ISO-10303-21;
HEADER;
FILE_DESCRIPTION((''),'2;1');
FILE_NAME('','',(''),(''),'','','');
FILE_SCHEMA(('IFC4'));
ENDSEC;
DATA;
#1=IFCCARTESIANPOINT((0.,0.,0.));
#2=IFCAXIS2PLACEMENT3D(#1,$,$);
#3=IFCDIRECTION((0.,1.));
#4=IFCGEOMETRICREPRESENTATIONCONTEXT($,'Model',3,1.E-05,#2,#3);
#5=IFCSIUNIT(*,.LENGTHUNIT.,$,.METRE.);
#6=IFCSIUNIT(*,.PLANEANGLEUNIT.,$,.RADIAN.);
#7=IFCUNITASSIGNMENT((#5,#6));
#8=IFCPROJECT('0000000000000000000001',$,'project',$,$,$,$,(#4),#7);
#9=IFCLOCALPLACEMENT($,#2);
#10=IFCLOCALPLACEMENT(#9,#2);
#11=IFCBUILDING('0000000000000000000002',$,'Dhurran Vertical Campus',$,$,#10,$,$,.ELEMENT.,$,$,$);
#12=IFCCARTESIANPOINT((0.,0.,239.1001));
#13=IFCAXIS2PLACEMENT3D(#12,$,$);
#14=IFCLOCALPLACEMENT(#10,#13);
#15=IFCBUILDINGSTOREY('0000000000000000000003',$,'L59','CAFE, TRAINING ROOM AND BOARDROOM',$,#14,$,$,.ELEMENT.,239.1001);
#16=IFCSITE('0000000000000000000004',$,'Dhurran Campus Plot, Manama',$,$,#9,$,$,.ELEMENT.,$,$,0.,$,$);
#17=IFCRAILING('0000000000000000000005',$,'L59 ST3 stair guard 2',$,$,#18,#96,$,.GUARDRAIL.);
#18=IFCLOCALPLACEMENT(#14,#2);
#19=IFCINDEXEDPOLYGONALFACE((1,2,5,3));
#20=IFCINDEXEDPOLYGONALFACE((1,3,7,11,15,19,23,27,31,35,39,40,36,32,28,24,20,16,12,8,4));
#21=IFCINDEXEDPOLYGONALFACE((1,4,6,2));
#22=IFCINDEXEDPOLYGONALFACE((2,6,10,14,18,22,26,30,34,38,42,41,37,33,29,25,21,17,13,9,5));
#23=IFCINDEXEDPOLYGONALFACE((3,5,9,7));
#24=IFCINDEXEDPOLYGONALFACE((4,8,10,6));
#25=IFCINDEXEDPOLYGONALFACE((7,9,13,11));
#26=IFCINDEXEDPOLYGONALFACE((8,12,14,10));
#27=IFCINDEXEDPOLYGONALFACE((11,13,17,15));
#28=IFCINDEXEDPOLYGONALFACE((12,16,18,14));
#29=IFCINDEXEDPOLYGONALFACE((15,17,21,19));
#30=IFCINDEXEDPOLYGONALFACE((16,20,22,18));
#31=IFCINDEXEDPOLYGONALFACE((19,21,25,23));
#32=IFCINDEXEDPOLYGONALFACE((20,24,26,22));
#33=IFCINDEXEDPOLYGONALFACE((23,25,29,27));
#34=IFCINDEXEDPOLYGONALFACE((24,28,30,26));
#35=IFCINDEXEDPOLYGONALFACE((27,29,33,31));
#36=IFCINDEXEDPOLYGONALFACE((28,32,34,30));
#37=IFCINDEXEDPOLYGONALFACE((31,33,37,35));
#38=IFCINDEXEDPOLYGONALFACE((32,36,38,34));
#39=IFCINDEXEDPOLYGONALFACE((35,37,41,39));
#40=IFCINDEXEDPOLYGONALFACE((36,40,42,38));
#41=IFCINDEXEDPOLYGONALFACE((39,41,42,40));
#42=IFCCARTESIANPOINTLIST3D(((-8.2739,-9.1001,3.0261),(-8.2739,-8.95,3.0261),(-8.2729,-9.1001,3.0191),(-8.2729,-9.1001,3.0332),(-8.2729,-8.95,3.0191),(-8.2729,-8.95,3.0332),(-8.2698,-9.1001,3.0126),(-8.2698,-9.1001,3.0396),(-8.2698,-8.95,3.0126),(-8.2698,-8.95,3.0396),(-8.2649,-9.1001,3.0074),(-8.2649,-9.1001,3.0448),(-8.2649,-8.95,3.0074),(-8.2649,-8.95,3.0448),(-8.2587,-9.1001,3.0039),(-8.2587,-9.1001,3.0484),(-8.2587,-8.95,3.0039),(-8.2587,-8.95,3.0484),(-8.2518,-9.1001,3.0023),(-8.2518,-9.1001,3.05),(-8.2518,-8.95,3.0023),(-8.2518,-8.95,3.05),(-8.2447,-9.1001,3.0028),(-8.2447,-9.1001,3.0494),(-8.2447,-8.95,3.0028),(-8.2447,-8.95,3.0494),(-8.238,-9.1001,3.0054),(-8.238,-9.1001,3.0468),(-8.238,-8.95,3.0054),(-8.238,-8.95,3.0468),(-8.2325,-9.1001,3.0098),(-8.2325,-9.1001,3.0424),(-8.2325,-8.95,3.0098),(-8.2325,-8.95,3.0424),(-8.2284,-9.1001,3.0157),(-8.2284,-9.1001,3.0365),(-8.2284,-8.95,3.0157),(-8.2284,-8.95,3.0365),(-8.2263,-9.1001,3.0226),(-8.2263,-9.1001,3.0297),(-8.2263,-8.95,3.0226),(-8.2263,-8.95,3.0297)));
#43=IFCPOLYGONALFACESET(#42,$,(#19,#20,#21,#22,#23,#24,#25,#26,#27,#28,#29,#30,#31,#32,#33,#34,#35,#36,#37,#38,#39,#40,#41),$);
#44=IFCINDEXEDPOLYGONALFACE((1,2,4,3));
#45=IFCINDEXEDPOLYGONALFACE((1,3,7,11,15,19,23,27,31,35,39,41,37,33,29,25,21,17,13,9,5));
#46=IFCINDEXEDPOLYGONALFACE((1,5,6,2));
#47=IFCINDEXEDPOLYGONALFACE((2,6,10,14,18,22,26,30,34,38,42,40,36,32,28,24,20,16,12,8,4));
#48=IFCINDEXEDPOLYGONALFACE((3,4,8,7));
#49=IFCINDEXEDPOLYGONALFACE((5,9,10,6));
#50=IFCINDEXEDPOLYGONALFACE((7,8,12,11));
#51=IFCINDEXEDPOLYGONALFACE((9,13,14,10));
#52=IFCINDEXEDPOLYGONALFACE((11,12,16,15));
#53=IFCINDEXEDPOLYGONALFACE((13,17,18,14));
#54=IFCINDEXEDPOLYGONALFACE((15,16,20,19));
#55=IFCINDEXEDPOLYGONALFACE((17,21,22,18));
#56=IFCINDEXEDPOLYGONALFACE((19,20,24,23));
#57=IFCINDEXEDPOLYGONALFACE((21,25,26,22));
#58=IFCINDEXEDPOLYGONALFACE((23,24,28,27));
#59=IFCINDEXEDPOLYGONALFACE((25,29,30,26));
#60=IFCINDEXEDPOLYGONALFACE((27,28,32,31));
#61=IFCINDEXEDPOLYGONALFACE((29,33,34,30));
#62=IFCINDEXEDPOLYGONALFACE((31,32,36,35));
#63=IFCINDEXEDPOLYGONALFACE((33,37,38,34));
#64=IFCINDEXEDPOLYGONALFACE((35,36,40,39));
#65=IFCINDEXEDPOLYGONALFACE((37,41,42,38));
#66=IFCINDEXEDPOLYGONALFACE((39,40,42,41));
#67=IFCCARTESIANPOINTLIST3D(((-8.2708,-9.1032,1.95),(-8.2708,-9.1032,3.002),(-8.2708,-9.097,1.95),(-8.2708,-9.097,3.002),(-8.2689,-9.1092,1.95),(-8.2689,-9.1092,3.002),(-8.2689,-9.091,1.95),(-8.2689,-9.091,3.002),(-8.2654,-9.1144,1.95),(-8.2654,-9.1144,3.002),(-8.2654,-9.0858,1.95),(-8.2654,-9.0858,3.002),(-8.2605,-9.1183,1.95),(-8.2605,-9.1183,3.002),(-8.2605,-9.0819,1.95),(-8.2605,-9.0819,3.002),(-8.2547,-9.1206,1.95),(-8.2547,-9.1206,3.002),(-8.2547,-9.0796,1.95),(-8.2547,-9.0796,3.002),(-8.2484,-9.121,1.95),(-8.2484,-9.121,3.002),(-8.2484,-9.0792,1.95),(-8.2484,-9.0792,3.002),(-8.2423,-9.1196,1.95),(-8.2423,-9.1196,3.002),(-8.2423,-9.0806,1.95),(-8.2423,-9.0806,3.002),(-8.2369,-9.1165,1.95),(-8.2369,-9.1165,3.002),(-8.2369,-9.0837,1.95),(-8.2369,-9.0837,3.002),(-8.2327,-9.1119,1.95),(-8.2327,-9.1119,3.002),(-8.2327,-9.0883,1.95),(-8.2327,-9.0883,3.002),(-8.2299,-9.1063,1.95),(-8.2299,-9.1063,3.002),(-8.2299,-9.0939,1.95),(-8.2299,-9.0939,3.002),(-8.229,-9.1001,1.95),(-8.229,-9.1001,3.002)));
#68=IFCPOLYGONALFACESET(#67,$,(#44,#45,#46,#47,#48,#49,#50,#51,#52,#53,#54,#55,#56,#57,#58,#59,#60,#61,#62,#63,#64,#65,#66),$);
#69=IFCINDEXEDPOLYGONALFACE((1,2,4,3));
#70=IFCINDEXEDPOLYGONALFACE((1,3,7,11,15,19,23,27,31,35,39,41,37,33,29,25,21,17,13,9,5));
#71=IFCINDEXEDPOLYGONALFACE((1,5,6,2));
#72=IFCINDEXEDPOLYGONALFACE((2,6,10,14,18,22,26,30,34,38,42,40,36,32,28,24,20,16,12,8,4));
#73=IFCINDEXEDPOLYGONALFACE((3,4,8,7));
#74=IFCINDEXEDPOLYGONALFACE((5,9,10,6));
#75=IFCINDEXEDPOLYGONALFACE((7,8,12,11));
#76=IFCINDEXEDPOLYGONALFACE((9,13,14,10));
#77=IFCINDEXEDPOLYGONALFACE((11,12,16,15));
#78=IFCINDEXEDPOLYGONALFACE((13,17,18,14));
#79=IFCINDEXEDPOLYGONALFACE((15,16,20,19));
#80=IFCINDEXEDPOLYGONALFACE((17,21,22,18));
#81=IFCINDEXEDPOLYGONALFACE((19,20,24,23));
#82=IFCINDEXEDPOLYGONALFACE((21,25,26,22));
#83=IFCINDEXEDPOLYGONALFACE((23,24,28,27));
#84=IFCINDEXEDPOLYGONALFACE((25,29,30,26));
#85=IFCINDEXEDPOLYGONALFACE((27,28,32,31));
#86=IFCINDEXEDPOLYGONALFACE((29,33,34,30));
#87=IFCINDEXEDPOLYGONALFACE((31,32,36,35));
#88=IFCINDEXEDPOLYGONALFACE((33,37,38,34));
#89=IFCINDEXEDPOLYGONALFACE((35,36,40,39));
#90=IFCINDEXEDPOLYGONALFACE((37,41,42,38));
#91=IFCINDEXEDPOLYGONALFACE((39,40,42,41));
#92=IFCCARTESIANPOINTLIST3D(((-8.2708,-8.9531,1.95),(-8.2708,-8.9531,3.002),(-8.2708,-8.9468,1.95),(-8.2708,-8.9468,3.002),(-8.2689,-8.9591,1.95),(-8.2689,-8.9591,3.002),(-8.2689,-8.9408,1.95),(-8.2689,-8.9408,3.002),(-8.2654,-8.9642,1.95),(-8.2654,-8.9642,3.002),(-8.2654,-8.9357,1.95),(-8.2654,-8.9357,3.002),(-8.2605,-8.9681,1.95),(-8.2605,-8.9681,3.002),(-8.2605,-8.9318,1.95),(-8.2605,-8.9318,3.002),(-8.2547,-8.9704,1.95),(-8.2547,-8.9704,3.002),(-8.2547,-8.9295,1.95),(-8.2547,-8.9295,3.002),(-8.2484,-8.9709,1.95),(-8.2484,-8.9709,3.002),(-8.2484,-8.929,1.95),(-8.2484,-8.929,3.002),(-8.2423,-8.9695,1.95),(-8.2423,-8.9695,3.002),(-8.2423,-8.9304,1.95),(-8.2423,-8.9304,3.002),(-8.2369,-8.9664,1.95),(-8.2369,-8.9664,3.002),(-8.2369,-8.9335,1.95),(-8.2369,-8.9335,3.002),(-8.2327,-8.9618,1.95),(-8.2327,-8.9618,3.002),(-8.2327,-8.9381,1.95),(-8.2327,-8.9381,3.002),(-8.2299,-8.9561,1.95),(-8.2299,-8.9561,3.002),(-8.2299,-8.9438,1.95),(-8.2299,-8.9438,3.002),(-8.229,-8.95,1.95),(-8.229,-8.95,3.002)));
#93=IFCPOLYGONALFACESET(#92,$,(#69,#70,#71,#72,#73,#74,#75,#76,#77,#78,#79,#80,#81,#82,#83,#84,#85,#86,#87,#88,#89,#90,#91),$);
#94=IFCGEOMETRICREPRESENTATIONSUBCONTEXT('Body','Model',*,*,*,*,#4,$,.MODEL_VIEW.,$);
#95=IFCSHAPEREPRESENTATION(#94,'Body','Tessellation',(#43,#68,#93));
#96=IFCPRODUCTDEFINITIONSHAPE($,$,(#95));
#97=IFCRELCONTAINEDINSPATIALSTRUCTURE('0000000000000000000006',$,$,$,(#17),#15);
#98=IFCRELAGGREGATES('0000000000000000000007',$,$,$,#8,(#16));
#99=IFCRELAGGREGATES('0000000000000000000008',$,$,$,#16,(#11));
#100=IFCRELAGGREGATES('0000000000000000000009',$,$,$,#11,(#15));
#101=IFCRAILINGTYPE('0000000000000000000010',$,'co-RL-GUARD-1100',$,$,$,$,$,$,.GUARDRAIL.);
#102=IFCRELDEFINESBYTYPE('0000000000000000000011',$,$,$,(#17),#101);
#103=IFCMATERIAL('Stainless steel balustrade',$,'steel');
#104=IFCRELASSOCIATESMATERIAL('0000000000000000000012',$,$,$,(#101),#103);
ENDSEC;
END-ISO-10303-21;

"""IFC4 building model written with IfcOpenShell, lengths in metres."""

from ifc_helpers import new_model, si_unit, direction, frame, origin, origin_2d, place, context, subcontext, project, spatial, circle, extrude, material, type_object, element, save


model = new_model("IFC4")

# Units and contexts
model_context = context("Model", 3, precision=1e-05, world=origin(), true_north=direction((0.0, 1.0)))
body_context = subcontext(model_context, "Body", "Model", "MODEL_VIEW")
ifc_project = project(units=[si_unit("LENGTHUNIT", "METRE"), si_unit("PLANEANGLEUNIT", "RADIAN")], contexts=[model_context])

# Site, building, storey
site_placement = place(None, origin())
site = spatial("IfcSite", under=ifc_project, at=site_placement, Name="Dhurran Campus Plot, Manama", CompositionType="ELEMENT", RefElevation=0.0)
building_placement = place(site_placement, origin())
building = spatial("IfcBuilding", under=site, at=building_placement, Name="Dhurran Vertical Campus", CompositionType="ELEMENT")
storey_placement = place(building_placement, frame((0.0, 0.0, 239.1001)))
storey = spatial("IfcBuildingStorey", under=building, at=storey_placement, Name="L59", Description="CAFE, TRAINING ROOM AND BOARDROOM", CompositionType="ELEMENT", Elevation=239.1001)

# Railing
ifc_material_1 = material(Name="Stainless steel balustrade", Category="steel")
railing_type_1 = type_object("IfcRailingType", Name="co-RL-GUARD-1100", PredefinedType="GUARDRAIL", material=ifc_material_1)
railing_1_placement = place(storey_placement, frame((-8.25, -9.1001, 1.95)))
element("IfcRailing", 1, at=railing_1_placement, inside=storey, type_object=railing_type_1, Name="L59 ST3 stair guard 2", PredefinedType="GUARDRAIL", context=body_context, shape_type="SweptSolid", body=[
    extrude(circle(Radius=0.0239, at=origin_2d()), frame((0.0, 0.0, 1.0762), z_axis=(0.0, 1.0, 0.0), x_axis=(-1.0, 0.0, 0.0)), (0.0, 0.0, 1.0), 0.1501),
    extrude(circle(Radius=0.021, at=origin_2d()), origin(), (0.0, 0.0, 1.0), 1.052),
    extrude(circle(Radius=0.021, at=origin_2d()), frame((0.0, 0.1501, 0.0)), (0.0, 0.0, 1.0), 1.052),
])

save(model, "model.ifc")
